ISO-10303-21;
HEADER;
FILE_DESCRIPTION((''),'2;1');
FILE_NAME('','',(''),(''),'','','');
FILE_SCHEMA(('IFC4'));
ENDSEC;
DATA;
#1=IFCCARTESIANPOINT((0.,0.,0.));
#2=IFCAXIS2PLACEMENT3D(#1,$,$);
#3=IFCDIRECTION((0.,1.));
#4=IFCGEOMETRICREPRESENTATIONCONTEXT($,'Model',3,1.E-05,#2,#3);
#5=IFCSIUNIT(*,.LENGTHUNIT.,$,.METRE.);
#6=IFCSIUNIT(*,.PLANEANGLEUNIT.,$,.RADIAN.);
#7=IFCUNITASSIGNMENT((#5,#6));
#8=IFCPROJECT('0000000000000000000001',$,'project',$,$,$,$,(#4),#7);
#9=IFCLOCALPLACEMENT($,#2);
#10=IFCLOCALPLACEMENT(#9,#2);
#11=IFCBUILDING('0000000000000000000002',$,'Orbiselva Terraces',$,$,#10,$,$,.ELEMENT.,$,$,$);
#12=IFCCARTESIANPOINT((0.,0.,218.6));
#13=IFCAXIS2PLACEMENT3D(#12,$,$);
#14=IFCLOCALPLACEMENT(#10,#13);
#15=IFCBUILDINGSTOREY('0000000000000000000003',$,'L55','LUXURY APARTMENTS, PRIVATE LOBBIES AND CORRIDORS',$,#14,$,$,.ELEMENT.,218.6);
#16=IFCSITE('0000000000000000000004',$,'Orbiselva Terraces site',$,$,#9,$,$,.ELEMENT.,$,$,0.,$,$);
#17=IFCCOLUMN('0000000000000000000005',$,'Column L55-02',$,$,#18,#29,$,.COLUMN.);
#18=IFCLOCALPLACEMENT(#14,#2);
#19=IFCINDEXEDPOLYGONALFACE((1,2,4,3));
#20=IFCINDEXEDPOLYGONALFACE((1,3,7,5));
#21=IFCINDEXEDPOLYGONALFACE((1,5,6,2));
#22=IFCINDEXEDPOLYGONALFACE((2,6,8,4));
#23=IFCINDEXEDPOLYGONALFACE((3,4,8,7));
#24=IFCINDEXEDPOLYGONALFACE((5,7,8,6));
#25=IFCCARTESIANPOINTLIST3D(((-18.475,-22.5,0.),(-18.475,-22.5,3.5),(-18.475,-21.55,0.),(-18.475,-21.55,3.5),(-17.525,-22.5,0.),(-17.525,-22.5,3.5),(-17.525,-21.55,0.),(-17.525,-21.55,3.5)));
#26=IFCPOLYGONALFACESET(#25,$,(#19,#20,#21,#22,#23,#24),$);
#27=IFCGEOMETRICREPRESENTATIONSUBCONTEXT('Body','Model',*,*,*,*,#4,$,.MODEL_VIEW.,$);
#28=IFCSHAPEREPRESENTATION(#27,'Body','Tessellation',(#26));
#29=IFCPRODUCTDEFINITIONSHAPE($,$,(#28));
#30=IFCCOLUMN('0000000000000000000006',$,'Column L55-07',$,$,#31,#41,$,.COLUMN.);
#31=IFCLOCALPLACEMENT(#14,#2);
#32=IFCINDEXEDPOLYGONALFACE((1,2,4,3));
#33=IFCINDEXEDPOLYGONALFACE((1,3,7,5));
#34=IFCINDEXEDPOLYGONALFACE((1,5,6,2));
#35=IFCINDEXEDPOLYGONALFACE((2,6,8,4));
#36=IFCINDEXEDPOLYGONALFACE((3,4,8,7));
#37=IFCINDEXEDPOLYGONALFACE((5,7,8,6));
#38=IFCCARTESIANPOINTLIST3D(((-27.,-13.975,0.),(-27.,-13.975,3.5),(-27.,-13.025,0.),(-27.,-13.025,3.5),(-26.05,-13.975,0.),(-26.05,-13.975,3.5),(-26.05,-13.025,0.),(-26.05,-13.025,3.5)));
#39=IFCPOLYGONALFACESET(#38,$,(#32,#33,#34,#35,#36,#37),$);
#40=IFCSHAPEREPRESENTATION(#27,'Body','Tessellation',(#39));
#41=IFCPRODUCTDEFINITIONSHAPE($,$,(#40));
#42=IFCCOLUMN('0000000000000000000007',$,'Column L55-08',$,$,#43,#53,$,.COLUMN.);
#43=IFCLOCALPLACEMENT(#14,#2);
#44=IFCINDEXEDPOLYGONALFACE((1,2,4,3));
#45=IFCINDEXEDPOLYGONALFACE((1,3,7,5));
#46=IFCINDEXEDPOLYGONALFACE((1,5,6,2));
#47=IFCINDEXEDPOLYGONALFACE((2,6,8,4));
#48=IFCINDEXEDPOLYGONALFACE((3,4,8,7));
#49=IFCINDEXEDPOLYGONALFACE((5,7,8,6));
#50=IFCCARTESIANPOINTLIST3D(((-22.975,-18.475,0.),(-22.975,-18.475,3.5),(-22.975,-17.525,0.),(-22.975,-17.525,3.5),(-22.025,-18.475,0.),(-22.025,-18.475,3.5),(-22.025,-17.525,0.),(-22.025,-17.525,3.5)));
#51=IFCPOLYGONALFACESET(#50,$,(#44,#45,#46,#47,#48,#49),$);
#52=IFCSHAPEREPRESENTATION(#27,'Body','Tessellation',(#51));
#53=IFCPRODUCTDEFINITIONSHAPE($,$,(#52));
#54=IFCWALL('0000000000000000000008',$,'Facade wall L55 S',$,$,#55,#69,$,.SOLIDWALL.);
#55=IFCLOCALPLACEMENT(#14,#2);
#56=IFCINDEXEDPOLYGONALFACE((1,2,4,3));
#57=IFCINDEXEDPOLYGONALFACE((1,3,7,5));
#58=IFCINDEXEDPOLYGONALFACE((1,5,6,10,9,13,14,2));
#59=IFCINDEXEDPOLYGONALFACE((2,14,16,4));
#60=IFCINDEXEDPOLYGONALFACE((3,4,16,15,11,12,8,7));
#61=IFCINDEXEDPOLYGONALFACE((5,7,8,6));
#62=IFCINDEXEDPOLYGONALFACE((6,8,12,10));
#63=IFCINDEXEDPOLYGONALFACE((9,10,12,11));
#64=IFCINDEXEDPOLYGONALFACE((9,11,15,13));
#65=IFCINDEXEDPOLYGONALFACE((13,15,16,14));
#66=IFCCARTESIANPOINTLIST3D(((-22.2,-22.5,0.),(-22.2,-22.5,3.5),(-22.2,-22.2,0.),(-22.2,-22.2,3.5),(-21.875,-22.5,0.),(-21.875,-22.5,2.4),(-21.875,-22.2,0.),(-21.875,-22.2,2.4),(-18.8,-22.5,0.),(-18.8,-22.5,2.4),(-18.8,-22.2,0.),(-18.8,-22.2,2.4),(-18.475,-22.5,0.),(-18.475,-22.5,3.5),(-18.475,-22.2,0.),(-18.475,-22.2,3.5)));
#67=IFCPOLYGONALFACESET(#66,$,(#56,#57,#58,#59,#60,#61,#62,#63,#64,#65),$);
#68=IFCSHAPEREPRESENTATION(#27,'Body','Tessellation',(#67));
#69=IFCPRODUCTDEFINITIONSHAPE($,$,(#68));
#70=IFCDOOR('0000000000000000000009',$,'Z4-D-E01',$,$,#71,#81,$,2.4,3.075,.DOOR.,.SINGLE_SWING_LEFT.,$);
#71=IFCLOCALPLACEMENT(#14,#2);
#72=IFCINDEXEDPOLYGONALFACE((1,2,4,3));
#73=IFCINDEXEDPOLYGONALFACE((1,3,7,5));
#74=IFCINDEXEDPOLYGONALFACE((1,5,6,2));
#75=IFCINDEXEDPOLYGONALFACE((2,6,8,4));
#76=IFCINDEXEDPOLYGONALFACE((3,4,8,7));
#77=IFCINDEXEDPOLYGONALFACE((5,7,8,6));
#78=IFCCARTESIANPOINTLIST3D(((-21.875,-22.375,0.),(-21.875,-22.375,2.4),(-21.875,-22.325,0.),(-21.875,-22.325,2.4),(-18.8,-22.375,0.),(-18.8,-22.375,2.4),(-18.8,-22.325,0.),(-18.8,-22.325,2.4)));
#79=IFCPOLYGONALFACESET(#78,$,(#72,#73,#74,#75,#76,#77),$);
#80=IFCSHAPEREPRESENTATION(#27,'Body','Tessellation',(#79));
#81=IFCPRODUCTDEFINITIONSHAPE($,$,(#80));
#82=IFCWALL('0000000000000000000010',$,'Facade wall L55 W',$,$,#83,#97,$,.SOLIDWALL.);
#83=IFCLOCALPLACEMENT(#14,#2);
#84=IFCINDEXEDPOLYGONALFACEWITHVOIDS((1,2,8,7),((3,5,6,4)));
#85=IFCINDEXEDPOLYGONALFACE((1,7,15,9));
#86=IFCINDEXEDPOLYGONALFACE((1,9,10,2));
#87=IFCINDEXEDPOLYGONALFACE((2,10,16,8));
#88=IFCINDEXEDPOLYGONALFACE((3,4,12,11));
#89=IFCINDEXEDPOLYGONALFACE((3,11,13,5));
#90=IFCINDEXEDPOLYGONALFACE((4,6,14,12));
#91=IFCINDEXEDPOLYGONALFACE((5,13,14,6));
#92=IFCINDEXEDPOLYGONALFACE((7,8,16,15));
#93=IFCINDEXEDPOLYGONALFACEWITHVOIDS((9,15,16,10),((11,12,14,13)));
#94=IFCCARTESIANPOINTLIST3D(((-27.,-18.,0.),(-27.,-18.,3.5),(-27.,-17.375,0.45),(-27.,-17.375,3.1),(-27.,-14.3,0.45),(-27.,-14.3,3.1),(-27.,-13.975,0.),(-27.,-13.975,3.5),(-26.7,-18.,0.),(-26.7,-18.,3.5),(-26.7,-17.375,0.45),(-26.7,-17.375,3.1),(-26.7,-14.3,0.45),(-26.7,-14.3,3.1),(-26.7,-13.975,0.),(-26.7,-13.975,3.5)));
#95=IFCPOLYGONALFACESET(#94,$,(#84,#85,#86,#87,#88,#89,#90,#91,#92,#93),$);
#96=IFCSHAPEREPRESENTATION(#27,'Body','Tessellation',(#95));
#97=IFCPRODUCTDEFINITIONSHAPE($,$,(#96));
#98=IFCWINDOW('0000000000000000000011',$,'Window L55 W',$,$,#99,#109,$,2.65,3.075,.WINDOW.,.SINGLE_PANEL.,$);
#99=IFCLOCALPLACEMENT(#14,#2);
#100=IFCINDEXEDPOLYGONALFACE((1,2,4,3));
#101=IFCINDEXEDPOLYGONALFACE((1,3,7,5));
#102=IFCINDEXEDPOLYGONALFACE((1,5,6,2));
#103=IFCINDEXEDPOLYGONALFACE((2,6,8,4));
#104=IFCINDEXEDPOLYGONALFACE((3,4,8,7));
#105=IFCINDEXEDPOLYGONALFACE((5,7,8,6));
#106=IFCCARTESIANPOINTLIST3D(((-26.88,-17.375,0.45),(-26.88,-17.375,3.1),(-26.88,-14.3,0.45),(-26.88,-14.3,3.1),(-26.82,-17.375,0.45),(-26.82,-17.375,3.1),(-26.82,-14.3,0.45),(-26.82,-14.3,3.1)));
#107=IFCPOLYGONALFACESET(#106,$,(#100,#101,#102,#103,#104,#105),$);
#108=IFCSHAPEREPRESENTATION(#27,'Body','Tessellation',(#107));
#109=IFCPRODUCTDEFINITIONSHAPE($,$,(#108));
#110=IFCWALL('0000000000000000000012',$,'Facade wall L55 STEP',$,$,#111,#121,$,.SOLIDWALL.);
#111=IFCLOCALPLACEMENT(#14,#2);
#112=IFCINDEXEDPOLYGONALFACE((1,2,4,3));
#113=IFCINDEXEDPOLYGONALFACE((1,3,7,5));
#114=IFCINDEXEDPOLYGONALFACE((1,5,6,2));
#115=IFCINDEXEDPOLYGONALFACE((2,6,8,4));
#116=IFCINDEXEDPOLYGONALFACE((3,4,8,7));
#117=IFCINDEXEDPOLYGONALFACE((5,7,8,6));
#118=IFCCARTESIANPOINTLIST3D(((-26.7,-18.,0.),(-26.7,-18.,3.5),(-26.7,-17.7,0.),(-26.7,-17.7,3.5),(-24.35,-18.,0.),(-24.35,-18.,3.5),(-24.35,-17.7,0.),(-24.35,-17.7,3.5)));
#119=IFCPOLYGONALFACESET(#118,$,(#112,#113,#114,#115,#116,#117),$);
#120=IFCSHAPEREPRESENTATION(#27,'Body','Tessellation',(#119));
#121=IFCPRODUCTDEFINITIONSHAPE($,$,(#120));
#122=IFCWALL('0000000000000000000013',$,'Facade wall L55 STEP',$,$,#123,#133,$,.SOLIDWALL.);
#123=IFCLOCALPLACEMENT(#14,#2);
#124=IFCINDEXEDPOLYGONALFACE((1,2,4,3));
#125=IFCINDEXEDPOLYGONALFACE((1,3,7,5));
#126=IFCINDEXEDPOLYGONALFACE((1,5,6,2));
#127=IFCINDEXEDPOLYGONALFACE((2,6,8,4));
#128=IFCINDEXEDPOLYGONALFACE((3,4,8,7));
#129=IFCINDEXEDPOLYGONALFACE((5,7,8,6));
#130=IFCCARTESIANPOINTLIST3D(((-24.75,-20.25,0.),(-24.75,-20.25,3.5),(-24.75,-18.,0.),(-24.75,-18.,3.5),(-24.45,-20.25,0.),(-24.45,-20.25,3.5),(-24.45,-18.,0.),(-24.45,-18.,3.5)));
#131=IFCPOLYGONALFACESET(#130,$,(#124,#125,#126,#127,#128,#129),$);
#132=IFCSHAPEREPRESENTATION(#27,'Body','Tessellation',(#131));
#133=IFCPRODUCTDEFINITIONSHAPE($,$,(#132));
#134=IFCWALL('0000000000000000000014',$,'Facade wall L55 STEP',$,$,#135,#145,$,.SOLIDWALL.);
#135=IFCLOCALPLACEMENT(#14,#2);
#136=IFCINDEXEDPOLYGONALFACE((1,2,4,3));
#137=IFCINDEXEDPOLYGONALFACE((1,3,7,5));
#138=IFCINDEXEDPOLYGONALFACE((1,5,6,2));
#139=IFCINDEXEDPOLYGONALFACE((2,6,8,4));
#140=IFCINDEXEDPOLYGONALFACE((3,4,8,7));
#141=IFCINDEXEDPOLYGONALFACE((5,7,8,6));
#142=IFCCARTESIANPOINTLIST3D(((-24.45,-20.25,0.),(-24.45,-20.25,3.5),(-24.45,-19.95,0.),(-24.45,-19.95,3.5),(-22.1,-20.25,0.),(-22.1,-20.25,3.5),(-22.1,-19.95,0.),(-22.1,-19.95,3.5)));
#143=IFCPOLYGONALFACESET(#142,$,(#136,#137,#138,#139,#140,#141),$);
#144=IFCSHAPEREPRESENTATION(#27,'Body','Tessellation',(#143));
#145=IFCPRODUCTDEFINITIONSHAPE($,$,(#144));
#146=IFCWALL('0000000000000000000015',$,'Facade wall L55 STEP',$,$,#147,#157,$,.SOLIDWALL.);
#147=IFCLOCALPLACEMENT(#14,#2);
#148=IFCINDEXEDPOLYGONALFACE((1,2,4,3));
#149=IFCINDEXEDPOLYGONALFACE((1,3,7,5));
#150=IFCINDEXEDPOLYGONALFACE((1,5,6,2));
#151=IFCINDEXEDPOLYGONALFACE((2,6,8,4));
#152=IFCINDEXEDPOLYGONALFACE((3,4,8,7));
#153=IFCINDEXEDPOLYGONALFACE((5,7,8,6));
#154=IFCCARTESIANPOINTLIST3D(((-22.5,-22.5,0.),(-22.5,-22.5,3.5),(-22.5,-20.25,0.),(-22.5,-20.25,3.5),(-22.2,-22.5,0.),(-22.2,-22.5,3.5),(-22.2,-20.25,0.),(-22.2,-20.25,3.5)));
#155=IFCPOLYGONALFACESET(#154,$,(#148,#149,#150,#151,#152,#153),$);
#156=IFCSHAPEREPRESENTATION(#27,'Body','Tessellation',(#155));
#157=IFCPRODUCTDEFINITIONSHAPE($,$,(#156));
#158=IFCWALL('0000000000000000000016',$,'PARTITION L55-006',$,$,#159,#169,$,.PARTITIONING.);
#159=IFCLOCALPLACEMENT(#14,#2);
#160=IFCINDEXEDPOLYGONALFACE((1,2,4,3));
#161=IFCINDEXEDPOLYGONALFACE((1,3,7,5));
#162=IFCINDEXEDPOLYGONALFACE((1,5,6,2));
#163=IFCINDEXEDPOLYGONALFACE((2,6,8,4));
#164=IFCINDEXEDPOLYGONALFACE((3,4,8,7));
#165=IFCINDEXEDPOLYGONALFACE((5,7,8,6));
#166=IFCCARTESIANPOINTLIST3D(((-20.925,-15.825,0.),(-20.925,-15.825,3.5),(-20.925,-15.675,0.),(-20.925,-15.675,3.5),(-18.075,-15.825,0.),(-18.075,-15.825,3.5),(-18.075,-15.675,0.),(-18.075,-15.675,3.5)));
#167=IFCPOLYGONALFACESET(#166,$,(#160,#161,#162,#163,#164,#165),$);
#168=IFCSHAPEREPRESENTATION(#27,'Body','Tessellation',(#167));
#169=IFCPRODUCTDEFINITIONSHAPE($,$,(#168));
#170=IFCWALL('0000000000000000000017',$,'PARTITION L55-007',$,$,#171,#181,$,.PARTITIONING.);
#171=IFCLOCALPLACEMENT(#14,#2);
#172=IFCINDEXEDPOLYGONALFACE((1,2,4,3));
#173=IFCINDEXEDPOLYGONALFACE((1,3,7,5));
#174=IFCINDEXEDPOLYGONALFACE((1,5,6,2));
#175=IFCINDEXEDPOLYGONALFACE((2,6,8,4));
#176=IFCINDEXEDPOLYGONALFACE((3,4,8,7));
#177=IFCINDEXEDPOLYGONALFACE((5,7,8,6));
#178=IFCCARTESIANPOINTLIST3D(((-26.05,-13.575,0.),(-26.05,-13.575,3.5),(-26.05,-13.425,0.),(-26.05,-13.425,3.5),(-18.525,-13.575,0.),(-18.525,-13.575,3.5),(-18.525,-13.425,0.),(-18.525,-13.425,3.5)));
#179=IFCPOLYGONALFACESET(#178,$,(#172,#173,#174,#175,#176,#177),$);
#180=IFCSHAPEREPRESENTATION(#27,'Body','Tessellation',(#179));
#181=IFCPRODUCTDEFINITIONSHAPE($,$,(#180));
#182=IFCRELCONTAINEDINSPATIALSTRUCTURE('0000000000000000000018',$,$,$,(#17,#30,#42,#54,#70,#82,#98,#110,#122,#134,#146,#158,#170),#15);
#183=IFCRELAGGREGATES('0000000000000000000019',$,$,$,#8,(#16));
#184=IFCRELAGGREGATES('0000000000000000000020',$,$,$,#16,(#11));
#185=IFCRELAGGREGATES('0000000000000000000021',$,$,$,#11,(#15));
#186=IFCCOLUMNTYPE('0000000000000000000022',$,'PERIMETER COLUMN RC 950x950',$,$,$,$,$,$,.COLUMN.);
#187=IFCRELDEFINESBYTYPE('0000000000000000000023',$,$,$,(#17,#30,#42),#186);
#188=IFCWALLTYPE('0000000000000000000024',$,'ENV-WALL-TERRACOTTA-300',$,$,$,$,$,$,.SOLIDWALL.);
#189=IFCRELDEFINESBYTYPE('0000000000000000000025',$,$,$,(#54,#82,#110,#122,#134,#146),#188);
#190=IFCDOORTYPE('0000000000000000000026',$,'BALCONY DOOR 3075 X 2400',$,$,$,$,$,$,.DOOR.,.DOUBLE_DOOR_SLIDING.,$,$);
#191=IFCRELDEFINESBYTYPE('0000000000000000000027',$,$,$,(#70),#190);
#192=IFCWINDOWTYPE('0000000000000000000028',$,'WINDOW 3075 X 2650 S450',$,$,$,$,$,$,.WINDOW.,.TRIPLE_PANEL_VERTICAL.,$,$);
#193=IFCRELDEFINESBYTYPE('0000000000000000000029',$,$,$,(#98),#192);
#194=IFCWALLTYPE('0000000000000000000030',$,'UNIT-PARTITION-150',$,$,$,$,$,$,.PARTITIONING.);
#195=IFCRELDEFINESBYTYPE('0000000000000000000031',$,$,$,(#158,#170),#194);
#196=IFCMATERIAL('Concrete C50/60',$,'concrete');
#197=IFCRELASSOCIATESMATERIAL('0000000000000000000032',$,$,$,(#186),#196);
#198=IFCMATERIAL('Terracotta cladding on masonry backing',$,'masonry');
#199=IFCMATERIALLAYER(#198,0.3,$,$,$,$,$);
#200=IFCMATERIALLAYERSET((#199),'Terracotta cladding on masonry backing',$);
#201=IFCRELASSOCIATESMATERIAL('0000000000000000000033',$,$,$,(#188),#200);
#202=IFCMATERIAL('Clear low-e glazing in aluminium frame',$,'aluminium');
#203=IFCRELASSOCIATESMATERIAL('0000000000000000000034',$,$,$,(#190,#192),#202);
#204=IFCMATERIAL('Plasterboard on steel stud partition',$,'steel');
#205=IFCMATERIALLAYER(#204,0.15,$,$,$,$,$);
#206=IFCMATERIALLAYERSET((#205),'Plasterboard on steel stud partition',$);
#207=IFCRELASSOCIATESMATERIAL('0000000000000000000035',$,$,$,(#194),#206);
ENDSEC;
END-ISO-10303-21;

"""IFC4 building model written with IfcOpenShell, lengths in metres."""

from ifc_helpers import new_model, si_unit, direction, frame, frame_2d, origin, origin_2d, place, context, subcontext, project, spatial, rectangle, extrude, material, layer, layer_set, material_profile, profile_set, type_object, element, fill, save


model = new_model("IFC4")

# Units and contexts
model_context = context("Model", 3, precision=1e-05, world=origin(), true_north=direction((0.0, 1.0)))
body_context = subcontext(model_context, "Body", "Model", "MODEL_VIEW")
ifc_project = project(units=[si_unit("LENGTHUNIT", "METRE"), si_unit("PLANEANGLEUNIT", "RADIAN")], contexts=[model_context])

# Site, building, storey
site_placement = place(None, origin())
site = spatial("IfcSite", under=ifc_project, at=site_placement, Name="Orbiselva Terraces site", CompositionType="ELEMENT", RefElevation=0.0)
building_placement = place(site_placement, origin())
building = spatial("IfcBuilding", under=site, at=building_placement, Name="Orbiselva Terraces", CompositionType="ELEMENT")
storey_placement = place(building_placement, frame((0.0, 0.0, 218.6)))
storey = spatial("IfcBuildingStorey", under=building, at=storey_placement, Name="L55", Description="LUXURY APARTMENTS, PRIVATE LOBBIES AND CORRIDORS", CompositionType="ELEMENT", Elevation=218.6)

# Columns
ifc_material_1 = material(Name="Concrete C50/60", Category="concrete")
ifc_material_profile = material_profile(ifc_material_1, rectangle(XDim=0.95, YDim=0.95, at=origin_2d()), Name="RC 950x950")
ifc_profile_set = profile_set([ifc_material_profile], Name="Concrete C50/60")
column_type = type_object("IfcColumnType", Name="PERIMETER COLUMN RC 950x950", PredefinedType="COLUMN", material=ifc_profile_set)
for number, where, z_axis, x_axis, name in (
    (1, (-18.0, -22.025, 0.0), (0.0, 0.0, 1.0), (1.0, 0.0, 0.0), "Column L55-02"),
    (2, (-26.525, -13.5, 0.0), (0.0, 0.0, 1.0), (1.0, 0.0, 0.0), "Column L55-07"),
    (3, (-22.5, -18.0, 0.0), (0.0, 0.0, 1.0), (1.0, 0.0, 0.0), "Column L55-08"),
):
    element("IfcColumn", number, at=place(storey_placement, frame(where, z_axis=z_axis, x_axis=x_axis)), inside=storey, type_object=column_type, Name=name, PredefinedType="COLUMN", context=body_context, shape_type="SweptSolid", body=[
        extrude(rectangle(XDim=0.95, YDim=0.95, at=origin_2d()), origin(), (0.0, 0.0, 1.0), 3.5),
    ])

# Wall, opening, door
ifc_material_2 = material(Name="Terracotta cladding on masonry backing", Category="masonry")
ifc_layer_1 = layer(ifc_material_2, 0.3)
ifc_layer_set_1 = layer_set([ifc_layer_1], Name="Terracotta cladding on masonry backing")
wall_type_1 = type_object("IfcWallType", Name="ENV-WALL-TERRACOTTA-300", PredefinedType="SOLIDWALL", material=ifc_layer_set_1)
wall_1_placement = place(storey_placement, frame((-18.475, -22.35, 0.0), z_axis=(0.0, 0.0, 1.0), x_axis=(-1.0, 0.0, 0.0)))
wall_1 = element("IfcWall", 4, at=wall_1_placement, inside=storey, type_object=wall_type_1, Name="Facade wall L55 S", PredefinedType="SOLIDWALL", context=body_context, shape_type="SweptSolid", body=[
    extrude(rectangle(XDim=3.725, YDim=0.3, at=frame_2d((1.8625, 0.0))), origin(), (0.0, 0.0, 1.0), 3.5),
])
opening_1_placement = place(wall_1_placement, frame((0.325, 0.0, 0.0)))
opening_1 = element("IfcOpeningElement", 5, at=opening_1_placement, cuts=wall_1, PredefinedType="OPENING", context=body_context, shape_type="SweptSolid", body=[
    extrude(rectangle(XDim=3.075, YDim=2.4, at=frame_2d((1.5375, 1.2))), frame((0.0, 0.16, 0.0), z_axis=(0.0, -1.0, 0.0), x_axis=(1.0, 0.0, 0.0)), (0.0, 0.0, 1.0), 0.32),
])
ifc_material_3 = material(Name="Clear low-e glazing in aluminium frame", Category="aluminium")
door_type_1 = type_object("IfcDoorType", Name="BALCONY DOOR 3075 X 2400", OperationType="DOUBLE_DOOR_SLIDING", PredefinedType="DOOR", material=ifc_material_3)
door_1_placement = place(opening_1_placement, origin())
door_1 = element("IfcDoor", 6, at=door_1_placement, inside=storey, type_object=door_type_1, Name="Z4-D-E01", OperationType="SINGLE_SWING_LEFT", OverallHeight=2.4, OverallWidth=3.075, PredefinedType="DOOR", context=body_context, shape_type="SweptSolid", body=[
    extrude(rectangle(XDim=3.075, YDim=2.4, at=frame_2d((1.5375, 1.2))), frame((0.0, 0.025, 0.0), z_axis=(0.0, -1.0, 0.0), x_axis=(1.0, 0.0, 0.0)), (0.0, 0.0, 1.0), 0.05),
])
fill(opening_1, door_1)

# Wall, opening, window
wall_2_placement = place(storey_placement, frame((-26.85, -18.0, 0.0), z_axis=(0.0, 0.0, 1.0), x_axis=(0.0, 1.0, 0.0)))
wall_2 = element("IfcWall", 7, at=wall_2_placement, inside=storey, type_object=wall_type_1, Name="Facade wall L55 W", PredefinedType="SOLIDWALL", context=body_context, shape_type="SweptSolid", body=[
    extrude(rectangle(XDim=4.025, YDim=0.3, at=frame_2d((2.0125, 0.0))), origin(), (0.0, 0.0, 1.0), 3.5),
])
opening_2_placement = place(wall_2_placement, frame((0.625, 0.0, 0.45)))
opening_2 = element("IfcOpeningElement", 8, at=opening_2_placement, cuts=wall_2, PredefinedType="OPENING", context=body_context, shape_type="SweptSolid", body=[
    extrude(rectangle(XDim=3.075, YDim=2.65, at=frame_2d((1.5375, 1.325))), frame((0.0, 0.16, 0.0), z_axis=(0.0, -1.0, 0.0), x_axis=(1.0, 0.0, 0.0)), (0.0, 0.0, 1.0), 0.32),
])
window_type = type_object("IfcWindowType", Name="WINDOW 3075 X 2650 S450", PartitioningType="TRIPLE_PANEL_VERTICAL", PredefinedType="WINDOW", material=ifc_material_3)
window_placement = place(opening_2_placement, origin())
window = element("IfcWindow", 9, at=window_placement, inside=storey, type_object=window_type, Name="Window L55 W", OverallHeight=2.65, OverallWidth=3.075, PartitioningType="SINGLE_PANEL", PredefinedType="WINDOW", context=body_context, shape_type="SweptSolid", body=[
    extrude(rectangle(XDim=3.075, YDim=2.65, at=frame_2d((1.5375, 1.325))), frame((0.0, 0.03, 0.0), z_axis=(0.0, -1.0, 0.0), x_axis=(1.0, 0.0, 0.0)), (0.0, 0.0, 1.0), 0.06),
])
fill(opening_2, window)

# Walls
wall_3_placement = place(storey_placement, frame((-24.35, -17.85, 0.0), z_axis=(0.0, 0.0, 1.0), x_axis=(-1.0, 0.0, 0.0)))
element("IfcWall", 10, at=wall_3_placement, inside=storey, type_object=wall_type_1, Name="Facade wall L55 STEP", PredefinedType="SOLIDWALL", context=body_context, shape_type="SweptSolid", body=[
    extrude(rectangle(XDim=2.35, YDim=0.3, at=frame_2d((1.175, 0.0))), origin(), (0.0, 0.0, 1.0), 3.5),
])
wall_4_placement = place(storey_placement, frame((-24.6, -20.25, 0.0), z_axis=(0.0, 0.0, 1.0), x_axis=(0.0, 1.0, 0.0)))
element("IfcWall", 11, at=wall_4_placement, inside=storey, type_object=wall_type_1, Name="Facade wall L55 STEP", PredefinedType="SOLIDWALL", context=body_context, shape_type="SweptSolid", body=[
    extrude(rectangle(XDim=2.25, YDim=0.3, at=frame_2d((1.125, 0.0))), origin(), (0.0, 0.0, 1.0), 3.5),
])
wall_5_placement = place(storey_placement, frame((-22.1, -20.1, 0.0), z_axis=(0.0, 0.0, 1.0), x_axis=(-1.0, 0.0, 0.0)))
element("IfcWall", 12, at=wall_5_placement, inside=storey, type_object=wall_type_1, Name="Facade wall L55 STEP", PredefinedType="SOLIDWALL", context=body_context, shape_type="SweptSolid", body=[
    extrude(rectangle(XDim=2.35, YDim=0.3, at=frame_2d((1.175, 0.0))), origin(), (0.0, 0.0, 1.0), 3.5),
])
wall_6_placement = place(storey_placement, frame((-22.35, -22.5, 0.0), z_axis=(0.0, 0.0, 1.0), x_axis=(0.0, 1.0, 0.0)))
element("IfcWall", 13, at=wall_6_placement, inside=storey, type_object=wall_type_1, Name="Facade wall L55 STEP", PredefinedType="SOLIDWALL", context=body_context, shape_type="SweptSolid", body=[
    extrude(rectangle(XDim=2.25, YDim=0.3, at=frame_2d((1.125, 0.0))), origin(), (0.0, 0.0, 1.0), 3.5),
])
ifc_material_4 = material(Name="Plasterboard on steel stud partition", Category="steel")
ifc_layer_2 = layer(ifc_material_4, 0.15)
ifc_layer_set_2 = layer_set([ifc_layer_2], Name="Plasterboard on steel stud partition")
wall_type_2 = type_object("IfcWallType", Name="UNIT-PARTITION-150", PredefinedType="PARTITIONING", material=ifc_layer_set_2)
wall_7_placement = place(storey_placement, frame((-20.925, -15.75, 0.0), z_axis=(0.0, 0.0, 1.0), x_axis=(1.0, 0.0, 0.0)))
element("IfcWall", 14, at=wall_7_placement, inside=storey, type_object=wall_type_2, Name="PARTITION L55-006", PredefinedType="PARTITIONING", context=body_context, shape_type="SweptSolid", body=[
    extrude(rectangle(XDim=2.85, YDim=0.15, at=frame_2d((1.425, 0.0))), origin(), (0.0, 0.0, 1.0), 3.5),
])
wall_8_placement = place(storey_placement, frame((-26.05, -13.5, 0.0), z_axis=(0.0, 0.0, 1.0), x_axis=(1.0, 0.0, 0.0)))
element("IfcWall", 15, at=wall_8_placement, inside=storey, type_object=wall_type_2, Name="PARTITION L55-007", PredefinedType="PARTITIONING", context=body_context, shape_type="SweptSolid", body=[
    extrude(rectangle(XDim=7.525, YDim=0.15, at=frame_2d((3.7625, 0.0))), origin(), (0.0, 0.0, 1.0), 3.5),
])

save(model, "model.ifc")
